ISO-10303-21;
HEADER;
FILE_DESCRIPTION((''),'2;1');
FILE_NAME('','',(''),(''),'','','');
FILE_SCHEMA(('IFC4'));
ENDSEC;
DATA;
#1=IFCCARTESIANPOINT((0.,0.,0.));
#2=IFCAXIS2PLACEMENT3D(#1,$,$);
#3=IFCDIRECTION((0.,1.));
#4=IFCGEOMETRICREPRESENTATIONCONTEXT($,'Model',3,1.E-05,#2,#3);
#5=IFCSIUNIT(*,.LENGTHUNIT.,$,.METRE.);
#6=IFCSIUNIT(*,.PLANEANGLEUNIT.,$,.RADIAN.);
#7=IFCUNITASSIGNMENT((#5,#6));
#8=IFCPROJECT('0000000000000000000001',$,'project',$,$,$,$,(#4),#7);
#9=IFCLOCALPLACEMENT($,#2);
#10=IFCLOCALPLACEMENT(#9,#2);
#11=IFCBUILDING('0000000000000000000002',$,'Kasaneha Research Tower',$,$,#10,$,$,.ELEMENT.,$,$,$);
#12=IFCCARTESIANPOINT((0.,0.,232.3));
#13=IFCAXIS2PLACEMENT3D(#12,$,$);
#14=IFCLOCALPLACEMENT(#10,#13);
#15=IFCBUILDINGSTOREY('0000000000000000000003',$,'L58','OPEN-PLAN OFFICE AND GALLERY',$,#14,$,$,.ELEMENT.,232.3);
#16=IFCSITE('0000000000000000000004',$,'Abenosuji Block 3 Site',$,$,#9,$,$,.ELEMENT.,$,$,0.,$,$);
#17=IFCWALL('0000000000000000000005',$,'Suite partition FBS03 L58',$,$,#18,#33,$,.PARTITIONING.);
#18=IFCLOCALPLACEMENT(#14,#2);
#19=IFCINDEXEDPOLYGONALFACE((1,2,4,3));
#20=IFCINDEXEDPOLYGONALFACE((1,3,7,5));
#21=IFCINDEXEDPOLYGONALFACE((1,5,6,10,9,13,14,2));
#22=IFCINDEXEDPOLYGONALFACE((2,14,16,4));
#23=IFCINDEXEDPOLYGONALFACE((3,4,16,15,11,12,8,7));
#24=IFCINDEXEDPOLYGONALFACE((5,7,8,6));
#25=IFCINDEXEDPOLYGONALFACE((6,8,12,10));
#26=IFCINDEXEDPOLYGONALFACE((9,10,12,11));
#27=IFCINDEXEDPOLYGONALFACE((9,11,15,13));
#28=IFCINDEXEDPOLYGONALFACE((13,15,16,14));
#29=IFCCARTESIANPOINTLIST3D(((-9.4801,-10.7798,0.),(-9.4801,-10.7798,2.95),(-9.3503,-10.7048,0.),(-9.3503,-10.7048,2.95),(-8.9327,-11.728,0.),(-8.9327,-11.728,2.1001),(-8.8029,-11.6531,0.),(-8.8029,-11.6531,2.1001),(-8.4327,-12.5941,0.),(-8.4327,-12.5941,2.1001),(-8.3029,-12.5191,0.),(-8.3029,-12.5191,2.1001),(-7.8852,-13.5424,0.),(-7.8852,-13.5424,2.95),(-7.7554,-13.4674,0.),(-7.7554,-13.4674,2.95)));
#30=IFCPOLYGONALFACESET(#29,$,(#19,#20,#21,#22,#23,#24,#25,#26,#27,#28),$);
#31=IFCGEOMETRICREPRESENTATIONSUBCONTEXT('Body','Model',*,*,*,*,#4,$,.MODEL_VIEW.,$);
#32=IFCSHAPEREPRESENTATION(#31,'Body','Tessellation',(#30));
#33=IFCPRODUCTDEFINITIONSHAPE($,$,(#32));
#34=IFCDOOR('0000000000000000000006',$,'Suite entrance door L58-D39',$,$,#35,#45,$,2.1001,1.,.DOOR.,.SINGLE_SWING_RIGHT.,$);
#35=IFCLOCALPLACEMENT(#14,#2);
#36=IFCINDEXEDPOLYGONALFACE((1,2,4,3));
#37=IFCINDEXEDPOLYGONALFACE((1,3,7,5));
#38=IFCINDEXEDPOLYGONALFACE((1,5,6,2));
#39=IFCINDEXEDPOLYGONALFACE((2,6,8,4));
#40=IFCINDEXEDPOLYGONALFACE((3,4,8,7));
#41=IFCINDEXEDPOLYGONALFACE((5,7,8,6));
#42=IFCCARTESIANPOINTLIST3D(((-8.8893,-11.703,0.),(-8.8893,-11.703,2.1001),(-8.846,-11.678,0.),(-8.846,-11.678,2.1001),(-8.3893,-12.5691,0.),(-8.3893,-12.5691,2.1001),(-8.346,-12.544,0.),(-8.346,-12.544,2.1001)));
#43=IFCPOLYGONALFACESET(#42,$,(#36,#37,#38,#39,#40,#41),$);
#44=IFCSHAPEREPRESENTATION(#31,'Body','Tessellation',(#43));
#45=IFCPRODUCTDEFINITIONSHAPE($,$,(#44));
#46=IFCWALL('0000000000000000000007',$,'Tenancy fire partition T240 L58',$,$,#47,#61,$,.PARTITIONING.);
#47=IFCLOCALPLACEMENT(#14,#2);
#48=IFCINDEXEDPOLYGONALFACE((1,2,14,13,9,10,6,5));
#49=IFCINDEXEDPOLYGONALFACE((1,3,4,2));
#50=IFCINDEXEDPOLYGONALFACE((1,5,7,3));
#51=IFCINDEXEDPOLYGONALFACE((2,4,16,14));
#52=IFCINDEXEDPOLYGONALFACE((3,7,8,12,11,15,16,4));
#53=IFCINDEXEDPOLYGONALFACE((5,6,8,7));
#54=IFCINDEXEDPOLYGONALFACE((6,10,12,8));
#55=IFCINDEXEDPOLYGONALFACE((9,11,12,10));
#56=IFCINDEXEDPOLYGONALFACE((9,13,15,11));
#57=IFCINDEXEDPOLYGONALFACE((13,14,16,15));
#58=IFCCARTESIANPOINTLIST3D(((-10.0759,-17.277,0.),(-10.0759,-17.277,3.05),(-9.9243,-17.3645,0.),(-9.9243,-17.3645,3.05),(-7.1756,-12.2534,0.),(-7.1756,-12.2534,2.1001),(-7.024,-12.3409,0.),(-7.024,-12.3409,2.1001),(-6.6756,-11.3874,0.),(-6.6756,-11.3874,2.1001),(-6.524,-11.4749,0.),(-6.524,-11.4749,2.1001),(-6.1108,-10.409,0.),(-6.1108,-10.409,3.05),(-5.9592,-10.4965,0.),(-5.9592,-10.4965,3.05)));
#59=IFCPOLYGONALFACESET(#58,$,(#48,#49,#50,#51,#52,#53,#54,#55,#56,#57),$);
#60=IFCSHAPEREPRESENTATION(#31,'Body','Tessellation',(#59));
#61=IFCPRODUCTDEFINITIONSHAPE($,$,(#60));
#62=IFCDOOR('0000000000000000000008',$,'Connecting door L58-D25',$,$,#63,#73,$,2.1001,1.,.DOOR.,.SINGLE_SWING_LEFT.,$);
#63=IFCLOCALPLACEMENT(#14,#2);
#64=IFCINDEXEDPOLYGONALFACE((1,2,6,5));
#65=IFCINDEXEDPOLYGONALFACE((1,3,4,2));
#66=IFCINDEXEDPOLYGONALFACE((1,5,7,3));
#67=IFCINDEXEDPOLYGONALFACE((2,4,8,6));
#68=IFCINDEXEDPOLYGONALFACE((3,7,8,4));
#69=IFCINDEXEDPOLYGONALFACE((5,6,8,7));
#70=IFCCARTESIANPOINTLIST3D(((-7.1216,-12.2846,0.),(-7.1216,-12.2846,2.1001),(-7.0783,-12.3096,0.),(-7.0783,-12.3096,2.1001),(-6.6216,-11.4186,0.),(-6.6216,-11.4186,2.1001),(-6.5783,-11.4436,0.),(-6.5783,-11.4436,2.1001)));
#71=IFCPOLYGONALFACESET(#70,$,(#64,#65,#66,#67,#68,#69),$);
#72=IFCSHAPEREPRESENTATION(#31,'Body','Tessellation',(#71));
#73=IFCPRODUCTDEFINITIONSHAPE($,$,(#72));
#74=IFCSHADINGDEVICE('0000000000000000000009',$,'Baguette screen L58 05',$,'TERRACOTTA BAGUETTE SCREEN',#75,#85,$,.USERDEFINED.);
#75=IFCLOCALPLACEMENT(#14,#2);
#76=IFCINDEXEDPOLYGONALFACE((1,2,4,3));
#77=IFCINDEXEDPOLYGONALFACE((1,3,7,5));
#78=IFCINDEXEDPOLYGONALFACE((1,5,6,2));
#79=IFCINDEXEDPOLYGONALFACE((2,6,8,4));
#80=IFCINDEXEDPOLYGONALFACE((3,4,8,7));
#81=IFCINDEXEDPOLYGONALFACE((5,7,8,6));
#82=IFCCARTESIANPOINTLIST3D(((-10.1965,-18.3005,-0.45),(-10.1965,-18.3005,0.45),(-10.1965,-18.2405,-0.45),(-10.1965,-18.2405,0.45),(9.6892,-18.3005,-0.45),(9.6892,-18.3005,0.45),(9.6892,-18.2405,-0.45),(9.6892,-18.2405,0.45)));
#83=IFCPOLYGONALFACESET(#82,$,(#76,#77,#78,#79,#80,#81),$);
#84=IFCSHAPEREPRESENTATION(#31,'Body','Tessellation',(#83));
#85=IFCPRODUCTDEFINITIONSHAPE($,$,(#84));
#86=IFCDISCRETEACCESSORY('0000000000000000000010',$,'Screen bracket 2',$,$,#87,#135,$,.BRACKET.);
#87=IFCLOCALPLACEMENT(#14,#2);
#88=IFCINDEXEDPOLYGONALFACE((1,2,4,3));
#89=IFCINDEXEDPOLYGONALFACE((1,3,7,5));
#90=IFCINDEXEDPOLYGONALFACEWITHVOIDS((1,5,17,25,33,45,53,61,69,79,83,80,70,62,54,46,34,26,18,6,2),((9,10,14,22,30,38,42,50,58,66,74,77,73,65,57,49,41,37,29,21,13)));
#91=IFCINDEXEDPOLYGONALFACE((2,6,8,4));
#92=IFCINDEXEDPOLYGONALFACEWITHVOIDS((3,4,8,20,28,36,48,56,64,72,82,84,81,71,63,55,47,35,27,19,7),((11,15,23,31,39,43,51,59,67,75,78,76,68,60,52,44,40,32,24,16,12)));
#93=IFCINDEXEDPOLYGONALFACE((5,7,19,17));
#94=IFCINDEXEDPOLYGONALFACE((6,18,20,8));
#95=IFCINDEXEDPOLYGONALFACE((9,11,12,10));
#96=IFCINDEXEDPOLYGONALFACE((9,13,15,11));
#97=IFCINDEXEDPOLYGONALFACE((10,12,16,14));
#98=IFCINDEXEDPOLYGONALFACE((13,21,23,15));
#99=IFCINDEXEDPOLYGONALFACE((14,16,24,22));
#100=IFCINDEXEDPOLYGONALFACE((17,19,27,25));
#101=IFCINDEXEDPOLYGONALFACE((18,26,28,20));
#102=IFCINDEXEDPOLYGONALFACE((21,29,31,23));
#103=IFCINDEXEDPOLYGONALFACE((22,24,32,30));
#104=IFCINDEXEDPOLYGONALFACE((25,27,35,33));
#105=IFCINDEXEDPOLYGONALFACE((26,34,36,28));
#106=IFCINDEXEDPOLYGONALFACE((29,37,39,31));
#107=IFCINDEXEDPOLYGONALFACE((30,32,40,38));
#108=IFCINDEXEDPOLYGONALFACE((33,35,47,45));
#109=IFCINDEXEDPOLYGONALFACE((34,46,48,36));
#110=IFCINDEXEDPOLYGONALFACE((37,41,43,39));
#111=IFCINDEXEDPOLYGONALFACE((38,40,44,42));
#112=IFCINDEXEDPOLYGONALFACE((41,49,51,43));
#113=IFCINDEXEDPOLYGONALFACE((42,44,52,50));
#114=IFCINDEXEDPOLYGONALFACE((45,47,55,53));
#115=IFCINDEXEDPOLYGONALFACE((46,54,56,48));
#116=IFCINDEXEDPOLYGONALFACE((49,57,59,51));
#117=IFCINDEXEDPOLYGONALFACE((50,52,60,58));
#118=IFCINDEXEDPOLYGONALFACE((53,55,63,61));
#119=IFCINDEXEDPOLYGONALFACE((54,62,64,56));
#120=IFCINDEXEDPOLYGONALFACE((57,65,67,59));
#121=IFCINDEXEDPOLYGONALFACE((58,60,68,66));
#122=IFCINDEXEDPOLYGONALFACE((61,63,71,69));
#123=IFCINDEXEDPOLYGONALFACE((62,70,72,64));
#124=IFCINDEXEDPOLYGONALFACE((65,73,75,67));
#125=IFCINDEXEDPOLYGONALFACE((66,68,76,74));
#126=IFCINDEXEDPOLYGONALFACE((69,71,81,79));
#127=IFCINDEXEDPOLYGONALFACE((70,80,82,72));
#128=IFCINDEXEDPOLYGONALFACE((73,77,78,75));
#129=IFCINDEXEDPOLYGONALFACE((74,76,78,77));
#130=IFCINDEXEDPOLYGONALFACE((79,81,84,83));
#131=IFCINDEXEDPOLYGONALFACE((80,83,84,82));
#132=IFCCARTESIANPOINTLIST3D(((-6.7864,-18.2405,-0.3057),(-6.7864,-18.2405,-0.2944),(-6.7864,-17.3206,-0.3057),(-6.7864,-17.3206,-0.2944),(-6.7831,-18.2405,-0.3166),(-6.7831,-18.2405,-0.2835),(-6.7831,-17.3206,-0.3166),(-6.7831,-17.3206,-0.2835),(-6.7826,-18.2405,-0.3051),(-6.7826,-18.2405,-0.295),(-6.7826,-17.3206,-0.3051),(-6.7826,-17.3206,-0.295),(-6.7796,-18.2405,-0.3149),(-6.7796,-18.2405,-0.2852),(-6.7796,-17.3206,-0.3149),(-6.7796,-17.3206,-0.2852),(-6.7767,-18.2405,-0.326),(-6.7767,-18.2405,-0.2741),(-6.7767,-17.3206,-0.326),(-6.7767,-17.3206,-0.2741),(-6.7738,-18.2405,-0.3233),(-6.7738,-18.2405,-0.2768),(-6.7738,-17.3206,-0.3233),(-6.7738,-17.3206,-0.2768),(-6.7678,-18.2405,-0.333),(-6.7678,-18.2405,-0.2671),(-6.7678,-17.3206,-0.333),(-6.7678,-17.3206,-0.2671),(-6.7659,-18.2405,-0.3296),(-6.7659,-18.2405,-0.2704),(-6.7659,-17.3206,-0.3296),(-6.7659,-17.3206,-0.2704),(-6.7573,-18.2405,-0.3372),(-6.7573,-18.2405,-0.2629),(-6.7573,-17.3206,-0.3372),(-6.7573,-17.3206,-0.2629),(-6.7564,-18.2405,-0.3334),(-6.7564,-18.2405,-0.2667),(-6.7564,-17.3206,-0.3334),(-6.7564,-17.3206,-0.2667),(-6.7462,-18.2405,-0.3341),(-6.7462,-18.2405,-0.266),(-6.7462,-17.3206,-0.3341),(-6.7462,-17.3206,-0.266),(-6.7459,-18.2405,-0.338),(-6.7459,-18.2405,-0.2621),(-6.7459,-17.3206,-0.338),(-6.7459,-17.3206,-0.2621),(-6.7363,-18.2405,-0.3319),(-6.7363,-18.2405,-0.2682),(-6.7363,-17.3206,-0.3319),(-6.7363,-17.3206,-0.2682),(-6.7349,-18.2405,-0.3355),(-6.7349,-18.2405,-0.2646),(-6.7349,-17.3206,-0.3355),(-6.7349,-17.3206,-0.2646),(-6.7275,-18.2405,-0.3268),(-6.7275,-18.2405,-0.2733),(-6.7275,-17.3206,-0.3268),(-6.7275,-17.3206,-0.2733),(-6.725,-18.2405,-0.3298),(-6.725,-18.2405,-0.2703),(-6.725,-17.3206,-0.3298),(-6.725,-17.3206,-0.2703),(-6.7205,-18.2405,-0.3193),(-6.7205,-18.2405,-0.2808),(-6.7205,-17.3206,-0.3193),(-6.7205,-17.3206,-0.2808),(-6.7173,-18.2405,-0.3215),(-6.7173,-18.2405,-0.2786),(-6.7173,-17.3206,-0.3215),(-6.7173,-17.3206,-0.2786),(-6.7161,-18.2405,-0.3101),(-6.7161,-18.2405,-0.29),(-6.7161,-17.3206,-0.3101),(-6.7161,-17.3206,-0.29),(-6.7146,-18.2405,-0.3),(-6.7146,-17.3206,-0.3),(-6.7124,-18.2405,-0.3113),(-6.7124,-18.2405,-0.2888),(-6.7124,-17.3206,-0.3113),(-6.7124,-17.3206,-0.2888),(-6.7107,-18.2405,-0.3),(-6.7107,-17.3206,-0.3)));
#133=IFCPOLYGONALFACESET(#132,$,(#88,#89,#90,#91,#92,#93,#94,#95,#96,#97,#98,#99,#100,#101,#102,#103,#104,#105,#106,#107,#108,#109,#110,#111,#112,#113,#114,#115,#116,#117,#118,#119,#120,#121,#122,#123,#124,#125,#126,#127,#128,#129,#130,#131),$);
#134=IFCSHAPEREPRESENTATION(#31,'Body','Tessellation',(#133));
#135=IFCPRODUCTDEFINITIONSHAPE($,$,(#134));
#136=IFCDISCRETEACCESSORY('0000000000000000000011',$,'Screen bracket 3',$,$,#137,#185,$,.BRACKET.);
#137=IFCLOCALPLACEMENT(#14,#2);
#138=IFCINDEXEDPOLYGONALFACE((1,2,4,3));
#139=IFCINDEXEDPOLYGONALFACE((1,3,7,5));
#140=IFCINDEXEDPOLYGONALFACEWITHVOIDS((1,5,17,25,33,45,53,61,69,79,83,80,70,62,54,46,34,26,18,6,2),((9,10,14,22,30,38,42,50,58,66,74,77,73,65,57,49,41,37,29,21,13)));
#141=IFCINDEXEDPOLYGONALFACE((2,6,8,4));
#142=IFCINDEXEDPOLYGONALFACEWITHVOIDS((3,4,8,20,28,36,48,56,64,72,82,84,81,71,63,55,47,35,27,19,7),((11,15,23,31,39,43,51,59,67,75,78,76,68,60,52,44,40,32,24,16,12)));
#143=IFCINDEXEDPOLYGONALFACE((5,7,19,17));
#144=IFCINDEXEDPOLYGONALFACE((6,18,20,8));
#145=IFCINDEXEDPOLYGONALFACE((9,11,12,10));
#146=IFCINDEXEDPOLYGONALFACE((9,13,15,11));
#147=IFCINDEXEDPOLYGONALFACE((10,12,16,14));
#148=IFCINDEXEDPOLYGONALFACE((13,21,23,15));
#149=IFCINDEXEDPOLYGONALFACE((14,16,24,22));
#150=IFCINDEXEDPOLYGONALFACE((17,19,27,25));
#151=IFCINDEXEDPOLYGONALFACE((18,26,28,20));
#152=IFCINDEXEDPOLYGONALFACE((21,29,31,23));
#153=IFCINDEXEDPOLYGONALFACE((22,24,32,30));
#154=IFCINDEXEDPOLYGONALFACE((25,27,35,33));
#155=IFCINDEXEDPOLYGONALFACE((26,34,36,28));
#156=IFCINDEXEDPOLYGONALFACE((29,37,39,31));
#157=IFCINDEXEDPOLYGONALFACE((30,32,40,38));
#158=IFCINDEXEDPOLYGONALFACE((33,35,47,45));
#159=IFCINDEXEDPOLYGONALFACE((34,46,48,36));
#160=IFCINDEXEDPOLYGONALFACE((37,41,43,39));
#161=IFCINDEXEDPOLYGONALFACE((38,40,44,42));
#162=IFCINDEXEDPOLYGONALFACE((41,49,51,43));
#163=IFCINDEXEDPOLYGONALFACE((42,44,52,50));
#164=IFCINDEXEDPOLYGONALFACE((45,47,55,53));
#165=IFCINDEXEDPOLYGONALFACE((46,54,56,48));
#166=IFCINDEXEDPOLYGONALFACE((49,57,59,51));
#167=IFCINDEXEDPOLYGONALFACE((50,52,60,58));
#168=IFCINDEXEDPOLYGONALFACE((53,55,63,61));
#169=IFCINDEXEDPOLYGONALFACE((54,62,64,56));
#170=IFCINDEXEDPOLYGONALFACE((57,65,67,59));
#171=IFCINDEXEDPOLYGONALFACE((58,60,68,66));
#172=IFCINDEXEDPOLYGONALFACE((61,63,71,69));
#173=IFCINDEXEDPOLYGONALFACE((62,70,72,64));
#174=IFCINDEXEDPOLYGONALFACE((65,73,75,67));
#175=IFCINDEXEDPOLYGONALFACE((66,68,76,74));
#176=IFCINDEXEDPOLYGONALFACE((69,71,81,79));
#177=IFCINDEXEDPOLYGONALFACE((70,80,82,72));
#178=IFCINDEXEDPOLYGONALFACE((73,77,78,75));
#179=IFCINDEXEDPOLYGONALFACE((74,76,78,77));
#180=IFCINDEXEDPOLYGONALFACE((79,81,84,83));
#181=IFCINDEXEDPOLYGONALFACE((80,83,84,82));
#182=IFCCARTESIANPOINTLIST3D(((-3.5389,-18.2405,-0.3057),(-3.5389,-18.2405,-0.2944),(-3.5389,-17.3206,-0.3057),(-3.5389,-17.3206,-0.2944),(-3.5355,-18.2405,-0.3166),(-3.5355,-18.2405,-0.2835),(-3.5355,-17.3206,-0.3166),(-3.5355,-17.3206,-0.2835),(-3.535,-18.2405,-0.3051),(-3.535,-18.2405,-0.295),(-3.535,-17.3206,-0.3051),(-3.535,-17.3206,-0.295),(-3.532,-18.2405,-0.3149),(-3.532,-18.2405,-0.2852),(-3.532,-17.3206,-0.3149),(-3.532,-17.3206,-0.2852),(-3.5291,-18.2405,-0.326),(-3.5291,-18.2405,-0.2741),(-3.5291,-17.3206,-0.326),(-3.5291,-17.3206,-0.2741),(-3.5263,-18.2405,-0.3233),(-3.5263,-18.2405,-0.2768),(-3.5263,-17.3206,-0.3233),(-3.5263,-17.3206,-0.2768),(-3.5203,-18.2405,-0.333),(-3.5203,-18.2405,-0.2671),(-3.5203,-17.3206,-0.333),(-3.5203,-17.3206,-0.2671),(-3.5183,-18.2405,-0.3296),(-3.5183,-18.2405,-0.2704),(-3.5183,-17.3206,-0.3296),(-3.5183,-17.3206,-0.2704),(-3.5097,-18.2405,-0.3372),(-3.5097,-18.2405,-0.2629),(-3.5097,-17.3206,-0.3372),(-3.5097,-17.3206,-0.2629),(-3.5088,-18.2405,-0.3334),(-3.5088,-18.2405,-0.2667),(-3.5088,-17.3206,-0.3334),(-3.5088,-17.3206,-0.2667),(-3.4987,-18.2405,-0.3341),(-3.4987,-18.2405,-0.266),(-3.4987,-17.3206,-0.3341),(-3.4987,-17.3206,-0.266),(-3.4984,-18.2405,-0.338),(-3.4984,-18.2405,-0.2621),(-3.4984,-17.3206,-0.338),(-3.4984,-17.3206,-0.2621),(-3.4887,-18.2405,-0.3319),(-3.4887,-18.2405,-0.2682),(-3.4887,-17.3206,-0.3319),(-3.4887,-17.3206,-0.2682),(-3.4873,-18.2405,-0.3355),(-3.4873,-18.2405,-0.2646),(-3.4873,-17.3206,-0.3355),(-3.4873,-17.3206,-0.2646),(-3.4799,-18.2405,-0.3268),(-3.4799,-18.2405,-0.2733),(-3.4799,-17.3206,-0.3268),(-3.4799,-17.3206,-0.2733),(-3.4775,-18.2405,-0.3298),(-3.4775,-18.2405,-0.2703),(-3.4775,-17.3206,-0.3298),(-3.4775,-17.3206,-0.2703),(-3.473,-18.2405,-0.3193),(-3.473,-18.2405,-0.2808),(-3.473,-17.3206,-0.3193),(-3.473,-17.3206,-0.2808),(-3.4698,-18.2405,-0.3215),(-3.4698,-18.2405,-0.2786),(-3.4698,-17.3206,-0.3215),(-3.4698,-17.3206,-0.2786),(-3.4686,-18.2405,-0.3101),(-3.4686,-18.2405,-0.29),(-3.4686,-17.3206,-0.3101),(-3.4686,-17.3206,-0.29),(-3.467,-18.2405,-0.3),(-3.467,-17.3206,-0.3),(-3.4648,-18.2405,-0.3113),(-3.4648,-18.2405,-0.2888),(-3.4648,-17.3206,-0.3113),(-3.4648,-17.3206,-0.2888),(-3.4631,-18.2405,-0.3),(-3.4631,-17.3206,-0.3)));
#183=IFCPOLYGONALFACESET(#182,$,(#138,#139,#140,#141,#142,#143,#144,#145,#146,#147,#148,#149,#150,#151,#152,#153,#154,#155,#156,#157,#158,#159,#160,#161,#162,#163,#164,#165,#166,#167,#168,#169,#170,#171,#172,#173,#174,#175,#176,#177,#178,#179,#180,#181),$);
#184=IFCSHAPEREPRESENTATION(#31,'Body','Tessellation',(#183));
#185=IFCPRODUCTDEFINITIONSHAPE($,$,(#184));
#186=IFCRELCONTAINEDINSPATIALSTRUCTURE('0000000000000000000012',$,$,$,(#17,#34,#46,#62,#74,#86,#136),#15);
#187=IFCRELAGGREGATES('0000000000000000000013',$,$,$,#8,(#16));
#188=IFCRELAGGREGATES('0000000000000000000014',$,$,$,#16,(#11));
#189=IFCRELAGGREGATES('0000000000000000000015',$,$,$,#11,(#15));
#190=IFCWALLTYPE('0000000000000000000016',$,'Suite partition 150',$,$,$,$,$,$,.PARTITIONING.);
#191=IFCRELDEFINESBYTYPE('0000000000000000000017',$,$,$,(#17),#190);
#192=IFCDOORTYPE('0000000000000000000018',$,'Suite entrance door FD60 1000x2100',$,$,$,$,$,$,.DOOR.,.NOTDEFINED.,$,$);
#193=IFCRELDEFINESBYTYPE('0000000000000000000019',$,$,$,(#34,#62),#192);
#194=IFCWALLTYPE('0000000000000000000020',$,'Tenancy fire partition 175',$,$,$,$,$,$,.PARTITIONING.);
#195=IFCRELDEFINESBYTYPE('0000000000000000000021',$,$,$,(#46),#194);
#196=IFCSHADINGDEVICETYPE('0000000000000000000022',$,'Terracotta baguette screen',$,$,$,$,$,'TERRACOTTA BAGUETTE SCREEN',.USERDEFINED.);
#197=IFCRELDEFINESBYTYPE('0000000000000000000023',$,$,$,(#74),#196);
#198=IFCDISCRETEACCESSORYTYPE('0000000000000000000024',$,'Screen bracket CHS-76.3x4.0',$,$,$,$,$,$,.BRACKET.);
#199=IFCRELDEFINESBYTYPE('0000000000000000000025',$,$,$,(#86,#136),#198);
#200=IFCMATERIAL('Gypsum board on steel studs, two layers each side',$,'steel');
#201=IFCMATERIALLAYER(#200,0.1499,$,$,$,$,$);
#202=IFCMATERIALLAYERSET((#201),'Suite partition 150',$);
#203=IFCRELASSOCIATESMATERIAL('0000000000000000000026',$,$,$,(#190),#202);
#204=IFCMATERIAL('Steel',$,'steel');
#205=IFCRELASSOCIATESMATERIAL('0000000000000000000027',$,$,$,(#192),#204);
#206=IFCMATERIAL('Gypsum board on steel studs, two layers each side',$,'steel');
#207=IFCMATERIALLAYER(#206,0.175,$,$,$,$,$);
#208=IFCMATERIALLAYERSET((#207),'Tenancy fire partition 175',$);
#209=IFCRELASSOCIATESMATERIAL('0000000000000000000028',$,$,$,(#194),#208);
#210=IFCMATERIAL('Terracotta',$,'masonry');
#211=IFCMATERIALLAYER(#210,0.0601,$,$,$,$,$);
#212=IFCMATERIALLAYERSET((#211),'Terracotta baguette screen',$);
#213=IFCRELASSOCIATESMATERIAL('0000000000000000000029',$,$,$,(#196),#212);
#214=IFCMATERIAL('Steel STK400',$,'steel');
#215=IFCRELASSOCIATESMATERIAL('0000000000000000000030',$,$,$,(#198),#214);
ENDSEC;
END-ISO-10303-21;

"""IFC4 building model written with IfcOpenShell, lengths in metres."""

from ifc_helpers import new_model, si_unit, direction, frame, frame_2d, origin, origin_2d, place, context, subcontext, project, spatial, rectangle, hollow_circle, extrude, material, layer, layer_set, material_profile, profile_set, type_object, element, fill, save


model = new_model("IFC4")

# Units and contexts
model_context = context("Model", 3, precision=1e-05, world=origin(), true_north=direction((0.0, 1.0)))
body_context = subcontext(model_context, "Body", "Model", "MODEL_VIEW")
ifc_project = project(units=[si_unit("LENGTHUNIT", "METRE"), si_unit("PLANEANGLEUNIT", "RADIAN")], contexts=[model_context])

# Site, building, storey
site_placement = place(None, origin())
site = spatial("IfcSite", under=ifc_project, at=site_placement, Name="Abenosuji Block 3 Site", CompositionType="ELEMENT", RefElevation=0.0)
building_placement = place(site_placement, origin())
building = spatial("IfcBuilding", under=site, at=building_placement, Name="Kasaneha Research Tower", CompositionType="ELEMENT")
storey_placement = place(building_placement, frame((0.0, 0.0, 232.3)))
storey = spatial("IfcBuildingStorey", under=building, at=storey_placement, Name="L58", Description="OPEN-PLAN OFFICE AND GALLERY", CompositionType="ELEMENT", Elevation=232.3)

# Walls, openings, doors
ifc_material_1 = material(Name="Gypsum board on steel studs, two layers each side", Category="steel")
ifc_layer_1 = layer(ifc_material_1, 0.1499)
ifc_layer_set_1 = layer_set([ifc_layer_1], Name="Suite partition 150")
wall_type_1 = type_object("IfcWallType", Name="Suite partition 150", PredefinedType="PARTITIONING", material=ifc_layer_set_1)
wall_1_placement = place(storey_placement, frame((-7.8203, -13.5049, 0.0), z_axis=(0.0, 0.0, 1.0), x_axis=(-0.499983, 0.866035, 0.0)))
wall_1 = element("IfcWall", 1, at=wall_1_placement, inside=storey, type_object=wall_type_1, Name="Suite partition FBS03 L58", PredefinedType="PARTITIONING", context=body_context, shape_type="SweptSolid", body=[
    extrude(rectangle(XDim=3.1899, YDim=0.1499, at=frame_2d((1.595, 0.0))), origin(), (0.0, 0.0, 1.0), 2.95),
])
opening_1_placement = place(wall_1_placement, frame((1.095, 0.0, 0.0)))
opening_1 = element("IfcOpeningElement", 2, at=opening_1_placement, cuts=wall_1, PredefinedType="OPENING", context=body_context, shape_type="SweptSolid", body=[
    extrude(rectangle(XDim=1.0, YDim=2.1001, at=frame_2d((0.5, 1.05))), frame((0.0, 0.085, 0.0), z_axis=(0.0, -1.0, 0.0), x_axis=(1.0, 0.0, 0.0)), (0.0, 0.0, 1.0), 0.1699),
])
ifc_material_2 = material(Name="Steel", Category="steel")
door_type_1 = type_object("IfcDoorType", Name="Suite entrance door FD60 1000x2100", OperationType="NOTDEFINED", PredefinedType="DOOR", material=ifc_material_2)
door_1_placement = place(opening_1_placement, origin())
door_1 = element("IfcDoor", 3, at=door_1_placement, inside=storey, type_object=door_type_1, Name="Suite entrance door L58-D39", OperationType="SINGLE_SWING_RIGHT", OverallHeight=2.1001, OverallWidth=1.0, PredefinedType="DOOR", context=body_context, shape_type="SweptSolid", body=[
    extrude(rectangle(XDim=1.0, YDim=2.1001, at=frame_2d((0.5, 1.05))), frame((0.0, 0.0249, 0.0), z_axis=(0.0, -1.0, 0.0), x_axis=(1.0, 0.0, 0.0)), (0.0, 0.0, 1.0), 0.05),
])
fill(opening_1, door_1)
ifc_material_3 = material(Name="Gypsum board on steel studs, two layers each side", Category="steel")
ifc_layer_2 = layer(ifc_material_3, 0.175)
ifc_layer_set_2 = layer_set([ifc_layer_2], Name="Tenancy fire partition 175")
wall_type_2 = type_object("IfcWallType", Name="Tenancy fire partition 175", PredefinedType="PARTITIONING", material=ifc_layer_set_2)
wall_2_placement = place(storey_placement, frame((-6.0349, -10.4526, 0.0), z_axis=(0.0, 0.0, 1.0), x_axis=(-0.49999, -0.866031, 0.0)))
wall_2 = element("IfcWall", 4, at=wall_2_placement, inside=storey, type_object=wall_type_2, Name="Tenancy fire partition T240 L58", PredefinedType="PARTITIONING", context=body_context, shape_type="SweptSolid", body=[
    extrude(rectangle(XDim=7.9304, YDim=0.175, at=frame_2d((3.9653, 0.0))), origin(), (0.0, 0.0, 1.0), 3.05),
])
opening_2_placement = place(wall_2_placement, frame((1.1299, 0.0, 0.0)))
opening_2 = element("IfcOpeningElement", 5, at=opening_2_placement, cuts=wall_2, PredefinedType="OPENING", context=body_context, shape_type="SweptSolid", body=[
    extrude(rectangle(XDim=1.0, YDim=2.1001, at=frame_2d((0.5, 1.05))), frame((0.0, 0.0977, 0.0), z_axis=(0.0, -1.0, 0.0), x_axis=(1.0, 0.0, 0.0)), (0.0, 0.0, 1.0), 0.1951),
])
door_2_placement = place(opening_2_placement, origin())
door_2 = element("IfcDoor", 6, at=door_2_placement, inside=storey, type_object=door_type_1, Name="Connecting door L58-D25", OperationType="SINGLE_SWING_LEFT", OverallHeight=2.1001, OverallWidth=1.0, PredefinedType="DOOR", context=body_context, shape_type="SweptSolid", body=[
    extrude(rectangle(XDim=1.0, YDim=2.1001, at=frame_2d((0.5, 1.05))), frame((0.0, 0.0249, 0.0), z_axis=(0.0, -1.0, 0.0), x_axis=(1.0, 0.0, 0.0)), (0.0, 0.0, 1.0), 0.05),
])
fill(opening_2, door_2)

# Shading device
ifc_material_4 = material(Name="Terracotta", Category="masonry")
ifc_layer_3 = layer(ifc_material_4, 0.0601)
ifc_layer_set_3 = layer_set([ifc_layer_3], Name="Terracotta baguette screen")
shading_device_type = type_object("IfcShadingDeviceType", Name="Terracotta baguette screen", ElementType="TERRACOTTA BAGUETTE SCREEN", PredefinedType="USERDEFINED", material=ifc_layer_set_3)
shading_device_placement = place(storey_placement, frame((-0.2537, -18.2705, -0.45), z_axis=(0.0, 0.0, 1.0), x_axis=(1.0, 0.0, 0.0)))
element("IfcShadingDevice", 7, at=shading_device_placement, inside=storey, type_object=shading_device_type, Name="Baguette screen L58 05", ObjectType="TERRACOTTA BAGUETTE SCREEN", PredefinedType="USERDEFINED", context=body_context, shape_type="SweptSolid", body=[
    extrude(rectangle(XDim=19.8857, YDim=0.0601, at=origin_2d()), origin(), (0.0, 0.0, 1.0), 0.8999),
])

# Discrete accessories
ifc_material_5 = material(Name="Steel STK400", Category="steel")
ifc_material_profile_1 = material_profile(ifc_material_5, hollow_circle(Radius=0.0381, WallThickness=0.0039, at=origin_2d()), Name="CHS-76.3x4.0")
ifc_profile_set_1 = profile_set([ifc_material_profile_1], Name="Steel STK400")
discrete_accessory_type = type_object("IfcDiscreteAccessoryType", Name="Screen bracket CHS-76.3x4.0", PredefinedType="BRACKET", material=ifc_profile_set_1)
for number, where, z_axis, x_axis, name in (
    (8, (-6.7488, -17.3206, -0.3), (0.0, -1.0, 0.0), (1.0, 0.0, 0.0), "Screen bracket 2"),
    (9, (-3.5012, -17.3206, -0.3), (0.0, -1.0, 0.0), (1.0, 0.0, 0.0), "Screen bracket 3"),
):
    element("IfcDiscreteAccessory", number, at=place(storey_placement, frame(where, z_axis=z_axis, x_axis=x_axis)), inside=storey, type_object=discrete_accessory_type, Name=name, PredefinedType="BRACKET", context=body_context, shape_type="SweptSolid", body=[
        extrude(hollow_circle(Radius=0.0381, WallThickness=0.0039, at=origin_2d()), origin(), (0.0, 0.0, 1.0), 0.9199),
    ])

save(model, "model.ifc")
